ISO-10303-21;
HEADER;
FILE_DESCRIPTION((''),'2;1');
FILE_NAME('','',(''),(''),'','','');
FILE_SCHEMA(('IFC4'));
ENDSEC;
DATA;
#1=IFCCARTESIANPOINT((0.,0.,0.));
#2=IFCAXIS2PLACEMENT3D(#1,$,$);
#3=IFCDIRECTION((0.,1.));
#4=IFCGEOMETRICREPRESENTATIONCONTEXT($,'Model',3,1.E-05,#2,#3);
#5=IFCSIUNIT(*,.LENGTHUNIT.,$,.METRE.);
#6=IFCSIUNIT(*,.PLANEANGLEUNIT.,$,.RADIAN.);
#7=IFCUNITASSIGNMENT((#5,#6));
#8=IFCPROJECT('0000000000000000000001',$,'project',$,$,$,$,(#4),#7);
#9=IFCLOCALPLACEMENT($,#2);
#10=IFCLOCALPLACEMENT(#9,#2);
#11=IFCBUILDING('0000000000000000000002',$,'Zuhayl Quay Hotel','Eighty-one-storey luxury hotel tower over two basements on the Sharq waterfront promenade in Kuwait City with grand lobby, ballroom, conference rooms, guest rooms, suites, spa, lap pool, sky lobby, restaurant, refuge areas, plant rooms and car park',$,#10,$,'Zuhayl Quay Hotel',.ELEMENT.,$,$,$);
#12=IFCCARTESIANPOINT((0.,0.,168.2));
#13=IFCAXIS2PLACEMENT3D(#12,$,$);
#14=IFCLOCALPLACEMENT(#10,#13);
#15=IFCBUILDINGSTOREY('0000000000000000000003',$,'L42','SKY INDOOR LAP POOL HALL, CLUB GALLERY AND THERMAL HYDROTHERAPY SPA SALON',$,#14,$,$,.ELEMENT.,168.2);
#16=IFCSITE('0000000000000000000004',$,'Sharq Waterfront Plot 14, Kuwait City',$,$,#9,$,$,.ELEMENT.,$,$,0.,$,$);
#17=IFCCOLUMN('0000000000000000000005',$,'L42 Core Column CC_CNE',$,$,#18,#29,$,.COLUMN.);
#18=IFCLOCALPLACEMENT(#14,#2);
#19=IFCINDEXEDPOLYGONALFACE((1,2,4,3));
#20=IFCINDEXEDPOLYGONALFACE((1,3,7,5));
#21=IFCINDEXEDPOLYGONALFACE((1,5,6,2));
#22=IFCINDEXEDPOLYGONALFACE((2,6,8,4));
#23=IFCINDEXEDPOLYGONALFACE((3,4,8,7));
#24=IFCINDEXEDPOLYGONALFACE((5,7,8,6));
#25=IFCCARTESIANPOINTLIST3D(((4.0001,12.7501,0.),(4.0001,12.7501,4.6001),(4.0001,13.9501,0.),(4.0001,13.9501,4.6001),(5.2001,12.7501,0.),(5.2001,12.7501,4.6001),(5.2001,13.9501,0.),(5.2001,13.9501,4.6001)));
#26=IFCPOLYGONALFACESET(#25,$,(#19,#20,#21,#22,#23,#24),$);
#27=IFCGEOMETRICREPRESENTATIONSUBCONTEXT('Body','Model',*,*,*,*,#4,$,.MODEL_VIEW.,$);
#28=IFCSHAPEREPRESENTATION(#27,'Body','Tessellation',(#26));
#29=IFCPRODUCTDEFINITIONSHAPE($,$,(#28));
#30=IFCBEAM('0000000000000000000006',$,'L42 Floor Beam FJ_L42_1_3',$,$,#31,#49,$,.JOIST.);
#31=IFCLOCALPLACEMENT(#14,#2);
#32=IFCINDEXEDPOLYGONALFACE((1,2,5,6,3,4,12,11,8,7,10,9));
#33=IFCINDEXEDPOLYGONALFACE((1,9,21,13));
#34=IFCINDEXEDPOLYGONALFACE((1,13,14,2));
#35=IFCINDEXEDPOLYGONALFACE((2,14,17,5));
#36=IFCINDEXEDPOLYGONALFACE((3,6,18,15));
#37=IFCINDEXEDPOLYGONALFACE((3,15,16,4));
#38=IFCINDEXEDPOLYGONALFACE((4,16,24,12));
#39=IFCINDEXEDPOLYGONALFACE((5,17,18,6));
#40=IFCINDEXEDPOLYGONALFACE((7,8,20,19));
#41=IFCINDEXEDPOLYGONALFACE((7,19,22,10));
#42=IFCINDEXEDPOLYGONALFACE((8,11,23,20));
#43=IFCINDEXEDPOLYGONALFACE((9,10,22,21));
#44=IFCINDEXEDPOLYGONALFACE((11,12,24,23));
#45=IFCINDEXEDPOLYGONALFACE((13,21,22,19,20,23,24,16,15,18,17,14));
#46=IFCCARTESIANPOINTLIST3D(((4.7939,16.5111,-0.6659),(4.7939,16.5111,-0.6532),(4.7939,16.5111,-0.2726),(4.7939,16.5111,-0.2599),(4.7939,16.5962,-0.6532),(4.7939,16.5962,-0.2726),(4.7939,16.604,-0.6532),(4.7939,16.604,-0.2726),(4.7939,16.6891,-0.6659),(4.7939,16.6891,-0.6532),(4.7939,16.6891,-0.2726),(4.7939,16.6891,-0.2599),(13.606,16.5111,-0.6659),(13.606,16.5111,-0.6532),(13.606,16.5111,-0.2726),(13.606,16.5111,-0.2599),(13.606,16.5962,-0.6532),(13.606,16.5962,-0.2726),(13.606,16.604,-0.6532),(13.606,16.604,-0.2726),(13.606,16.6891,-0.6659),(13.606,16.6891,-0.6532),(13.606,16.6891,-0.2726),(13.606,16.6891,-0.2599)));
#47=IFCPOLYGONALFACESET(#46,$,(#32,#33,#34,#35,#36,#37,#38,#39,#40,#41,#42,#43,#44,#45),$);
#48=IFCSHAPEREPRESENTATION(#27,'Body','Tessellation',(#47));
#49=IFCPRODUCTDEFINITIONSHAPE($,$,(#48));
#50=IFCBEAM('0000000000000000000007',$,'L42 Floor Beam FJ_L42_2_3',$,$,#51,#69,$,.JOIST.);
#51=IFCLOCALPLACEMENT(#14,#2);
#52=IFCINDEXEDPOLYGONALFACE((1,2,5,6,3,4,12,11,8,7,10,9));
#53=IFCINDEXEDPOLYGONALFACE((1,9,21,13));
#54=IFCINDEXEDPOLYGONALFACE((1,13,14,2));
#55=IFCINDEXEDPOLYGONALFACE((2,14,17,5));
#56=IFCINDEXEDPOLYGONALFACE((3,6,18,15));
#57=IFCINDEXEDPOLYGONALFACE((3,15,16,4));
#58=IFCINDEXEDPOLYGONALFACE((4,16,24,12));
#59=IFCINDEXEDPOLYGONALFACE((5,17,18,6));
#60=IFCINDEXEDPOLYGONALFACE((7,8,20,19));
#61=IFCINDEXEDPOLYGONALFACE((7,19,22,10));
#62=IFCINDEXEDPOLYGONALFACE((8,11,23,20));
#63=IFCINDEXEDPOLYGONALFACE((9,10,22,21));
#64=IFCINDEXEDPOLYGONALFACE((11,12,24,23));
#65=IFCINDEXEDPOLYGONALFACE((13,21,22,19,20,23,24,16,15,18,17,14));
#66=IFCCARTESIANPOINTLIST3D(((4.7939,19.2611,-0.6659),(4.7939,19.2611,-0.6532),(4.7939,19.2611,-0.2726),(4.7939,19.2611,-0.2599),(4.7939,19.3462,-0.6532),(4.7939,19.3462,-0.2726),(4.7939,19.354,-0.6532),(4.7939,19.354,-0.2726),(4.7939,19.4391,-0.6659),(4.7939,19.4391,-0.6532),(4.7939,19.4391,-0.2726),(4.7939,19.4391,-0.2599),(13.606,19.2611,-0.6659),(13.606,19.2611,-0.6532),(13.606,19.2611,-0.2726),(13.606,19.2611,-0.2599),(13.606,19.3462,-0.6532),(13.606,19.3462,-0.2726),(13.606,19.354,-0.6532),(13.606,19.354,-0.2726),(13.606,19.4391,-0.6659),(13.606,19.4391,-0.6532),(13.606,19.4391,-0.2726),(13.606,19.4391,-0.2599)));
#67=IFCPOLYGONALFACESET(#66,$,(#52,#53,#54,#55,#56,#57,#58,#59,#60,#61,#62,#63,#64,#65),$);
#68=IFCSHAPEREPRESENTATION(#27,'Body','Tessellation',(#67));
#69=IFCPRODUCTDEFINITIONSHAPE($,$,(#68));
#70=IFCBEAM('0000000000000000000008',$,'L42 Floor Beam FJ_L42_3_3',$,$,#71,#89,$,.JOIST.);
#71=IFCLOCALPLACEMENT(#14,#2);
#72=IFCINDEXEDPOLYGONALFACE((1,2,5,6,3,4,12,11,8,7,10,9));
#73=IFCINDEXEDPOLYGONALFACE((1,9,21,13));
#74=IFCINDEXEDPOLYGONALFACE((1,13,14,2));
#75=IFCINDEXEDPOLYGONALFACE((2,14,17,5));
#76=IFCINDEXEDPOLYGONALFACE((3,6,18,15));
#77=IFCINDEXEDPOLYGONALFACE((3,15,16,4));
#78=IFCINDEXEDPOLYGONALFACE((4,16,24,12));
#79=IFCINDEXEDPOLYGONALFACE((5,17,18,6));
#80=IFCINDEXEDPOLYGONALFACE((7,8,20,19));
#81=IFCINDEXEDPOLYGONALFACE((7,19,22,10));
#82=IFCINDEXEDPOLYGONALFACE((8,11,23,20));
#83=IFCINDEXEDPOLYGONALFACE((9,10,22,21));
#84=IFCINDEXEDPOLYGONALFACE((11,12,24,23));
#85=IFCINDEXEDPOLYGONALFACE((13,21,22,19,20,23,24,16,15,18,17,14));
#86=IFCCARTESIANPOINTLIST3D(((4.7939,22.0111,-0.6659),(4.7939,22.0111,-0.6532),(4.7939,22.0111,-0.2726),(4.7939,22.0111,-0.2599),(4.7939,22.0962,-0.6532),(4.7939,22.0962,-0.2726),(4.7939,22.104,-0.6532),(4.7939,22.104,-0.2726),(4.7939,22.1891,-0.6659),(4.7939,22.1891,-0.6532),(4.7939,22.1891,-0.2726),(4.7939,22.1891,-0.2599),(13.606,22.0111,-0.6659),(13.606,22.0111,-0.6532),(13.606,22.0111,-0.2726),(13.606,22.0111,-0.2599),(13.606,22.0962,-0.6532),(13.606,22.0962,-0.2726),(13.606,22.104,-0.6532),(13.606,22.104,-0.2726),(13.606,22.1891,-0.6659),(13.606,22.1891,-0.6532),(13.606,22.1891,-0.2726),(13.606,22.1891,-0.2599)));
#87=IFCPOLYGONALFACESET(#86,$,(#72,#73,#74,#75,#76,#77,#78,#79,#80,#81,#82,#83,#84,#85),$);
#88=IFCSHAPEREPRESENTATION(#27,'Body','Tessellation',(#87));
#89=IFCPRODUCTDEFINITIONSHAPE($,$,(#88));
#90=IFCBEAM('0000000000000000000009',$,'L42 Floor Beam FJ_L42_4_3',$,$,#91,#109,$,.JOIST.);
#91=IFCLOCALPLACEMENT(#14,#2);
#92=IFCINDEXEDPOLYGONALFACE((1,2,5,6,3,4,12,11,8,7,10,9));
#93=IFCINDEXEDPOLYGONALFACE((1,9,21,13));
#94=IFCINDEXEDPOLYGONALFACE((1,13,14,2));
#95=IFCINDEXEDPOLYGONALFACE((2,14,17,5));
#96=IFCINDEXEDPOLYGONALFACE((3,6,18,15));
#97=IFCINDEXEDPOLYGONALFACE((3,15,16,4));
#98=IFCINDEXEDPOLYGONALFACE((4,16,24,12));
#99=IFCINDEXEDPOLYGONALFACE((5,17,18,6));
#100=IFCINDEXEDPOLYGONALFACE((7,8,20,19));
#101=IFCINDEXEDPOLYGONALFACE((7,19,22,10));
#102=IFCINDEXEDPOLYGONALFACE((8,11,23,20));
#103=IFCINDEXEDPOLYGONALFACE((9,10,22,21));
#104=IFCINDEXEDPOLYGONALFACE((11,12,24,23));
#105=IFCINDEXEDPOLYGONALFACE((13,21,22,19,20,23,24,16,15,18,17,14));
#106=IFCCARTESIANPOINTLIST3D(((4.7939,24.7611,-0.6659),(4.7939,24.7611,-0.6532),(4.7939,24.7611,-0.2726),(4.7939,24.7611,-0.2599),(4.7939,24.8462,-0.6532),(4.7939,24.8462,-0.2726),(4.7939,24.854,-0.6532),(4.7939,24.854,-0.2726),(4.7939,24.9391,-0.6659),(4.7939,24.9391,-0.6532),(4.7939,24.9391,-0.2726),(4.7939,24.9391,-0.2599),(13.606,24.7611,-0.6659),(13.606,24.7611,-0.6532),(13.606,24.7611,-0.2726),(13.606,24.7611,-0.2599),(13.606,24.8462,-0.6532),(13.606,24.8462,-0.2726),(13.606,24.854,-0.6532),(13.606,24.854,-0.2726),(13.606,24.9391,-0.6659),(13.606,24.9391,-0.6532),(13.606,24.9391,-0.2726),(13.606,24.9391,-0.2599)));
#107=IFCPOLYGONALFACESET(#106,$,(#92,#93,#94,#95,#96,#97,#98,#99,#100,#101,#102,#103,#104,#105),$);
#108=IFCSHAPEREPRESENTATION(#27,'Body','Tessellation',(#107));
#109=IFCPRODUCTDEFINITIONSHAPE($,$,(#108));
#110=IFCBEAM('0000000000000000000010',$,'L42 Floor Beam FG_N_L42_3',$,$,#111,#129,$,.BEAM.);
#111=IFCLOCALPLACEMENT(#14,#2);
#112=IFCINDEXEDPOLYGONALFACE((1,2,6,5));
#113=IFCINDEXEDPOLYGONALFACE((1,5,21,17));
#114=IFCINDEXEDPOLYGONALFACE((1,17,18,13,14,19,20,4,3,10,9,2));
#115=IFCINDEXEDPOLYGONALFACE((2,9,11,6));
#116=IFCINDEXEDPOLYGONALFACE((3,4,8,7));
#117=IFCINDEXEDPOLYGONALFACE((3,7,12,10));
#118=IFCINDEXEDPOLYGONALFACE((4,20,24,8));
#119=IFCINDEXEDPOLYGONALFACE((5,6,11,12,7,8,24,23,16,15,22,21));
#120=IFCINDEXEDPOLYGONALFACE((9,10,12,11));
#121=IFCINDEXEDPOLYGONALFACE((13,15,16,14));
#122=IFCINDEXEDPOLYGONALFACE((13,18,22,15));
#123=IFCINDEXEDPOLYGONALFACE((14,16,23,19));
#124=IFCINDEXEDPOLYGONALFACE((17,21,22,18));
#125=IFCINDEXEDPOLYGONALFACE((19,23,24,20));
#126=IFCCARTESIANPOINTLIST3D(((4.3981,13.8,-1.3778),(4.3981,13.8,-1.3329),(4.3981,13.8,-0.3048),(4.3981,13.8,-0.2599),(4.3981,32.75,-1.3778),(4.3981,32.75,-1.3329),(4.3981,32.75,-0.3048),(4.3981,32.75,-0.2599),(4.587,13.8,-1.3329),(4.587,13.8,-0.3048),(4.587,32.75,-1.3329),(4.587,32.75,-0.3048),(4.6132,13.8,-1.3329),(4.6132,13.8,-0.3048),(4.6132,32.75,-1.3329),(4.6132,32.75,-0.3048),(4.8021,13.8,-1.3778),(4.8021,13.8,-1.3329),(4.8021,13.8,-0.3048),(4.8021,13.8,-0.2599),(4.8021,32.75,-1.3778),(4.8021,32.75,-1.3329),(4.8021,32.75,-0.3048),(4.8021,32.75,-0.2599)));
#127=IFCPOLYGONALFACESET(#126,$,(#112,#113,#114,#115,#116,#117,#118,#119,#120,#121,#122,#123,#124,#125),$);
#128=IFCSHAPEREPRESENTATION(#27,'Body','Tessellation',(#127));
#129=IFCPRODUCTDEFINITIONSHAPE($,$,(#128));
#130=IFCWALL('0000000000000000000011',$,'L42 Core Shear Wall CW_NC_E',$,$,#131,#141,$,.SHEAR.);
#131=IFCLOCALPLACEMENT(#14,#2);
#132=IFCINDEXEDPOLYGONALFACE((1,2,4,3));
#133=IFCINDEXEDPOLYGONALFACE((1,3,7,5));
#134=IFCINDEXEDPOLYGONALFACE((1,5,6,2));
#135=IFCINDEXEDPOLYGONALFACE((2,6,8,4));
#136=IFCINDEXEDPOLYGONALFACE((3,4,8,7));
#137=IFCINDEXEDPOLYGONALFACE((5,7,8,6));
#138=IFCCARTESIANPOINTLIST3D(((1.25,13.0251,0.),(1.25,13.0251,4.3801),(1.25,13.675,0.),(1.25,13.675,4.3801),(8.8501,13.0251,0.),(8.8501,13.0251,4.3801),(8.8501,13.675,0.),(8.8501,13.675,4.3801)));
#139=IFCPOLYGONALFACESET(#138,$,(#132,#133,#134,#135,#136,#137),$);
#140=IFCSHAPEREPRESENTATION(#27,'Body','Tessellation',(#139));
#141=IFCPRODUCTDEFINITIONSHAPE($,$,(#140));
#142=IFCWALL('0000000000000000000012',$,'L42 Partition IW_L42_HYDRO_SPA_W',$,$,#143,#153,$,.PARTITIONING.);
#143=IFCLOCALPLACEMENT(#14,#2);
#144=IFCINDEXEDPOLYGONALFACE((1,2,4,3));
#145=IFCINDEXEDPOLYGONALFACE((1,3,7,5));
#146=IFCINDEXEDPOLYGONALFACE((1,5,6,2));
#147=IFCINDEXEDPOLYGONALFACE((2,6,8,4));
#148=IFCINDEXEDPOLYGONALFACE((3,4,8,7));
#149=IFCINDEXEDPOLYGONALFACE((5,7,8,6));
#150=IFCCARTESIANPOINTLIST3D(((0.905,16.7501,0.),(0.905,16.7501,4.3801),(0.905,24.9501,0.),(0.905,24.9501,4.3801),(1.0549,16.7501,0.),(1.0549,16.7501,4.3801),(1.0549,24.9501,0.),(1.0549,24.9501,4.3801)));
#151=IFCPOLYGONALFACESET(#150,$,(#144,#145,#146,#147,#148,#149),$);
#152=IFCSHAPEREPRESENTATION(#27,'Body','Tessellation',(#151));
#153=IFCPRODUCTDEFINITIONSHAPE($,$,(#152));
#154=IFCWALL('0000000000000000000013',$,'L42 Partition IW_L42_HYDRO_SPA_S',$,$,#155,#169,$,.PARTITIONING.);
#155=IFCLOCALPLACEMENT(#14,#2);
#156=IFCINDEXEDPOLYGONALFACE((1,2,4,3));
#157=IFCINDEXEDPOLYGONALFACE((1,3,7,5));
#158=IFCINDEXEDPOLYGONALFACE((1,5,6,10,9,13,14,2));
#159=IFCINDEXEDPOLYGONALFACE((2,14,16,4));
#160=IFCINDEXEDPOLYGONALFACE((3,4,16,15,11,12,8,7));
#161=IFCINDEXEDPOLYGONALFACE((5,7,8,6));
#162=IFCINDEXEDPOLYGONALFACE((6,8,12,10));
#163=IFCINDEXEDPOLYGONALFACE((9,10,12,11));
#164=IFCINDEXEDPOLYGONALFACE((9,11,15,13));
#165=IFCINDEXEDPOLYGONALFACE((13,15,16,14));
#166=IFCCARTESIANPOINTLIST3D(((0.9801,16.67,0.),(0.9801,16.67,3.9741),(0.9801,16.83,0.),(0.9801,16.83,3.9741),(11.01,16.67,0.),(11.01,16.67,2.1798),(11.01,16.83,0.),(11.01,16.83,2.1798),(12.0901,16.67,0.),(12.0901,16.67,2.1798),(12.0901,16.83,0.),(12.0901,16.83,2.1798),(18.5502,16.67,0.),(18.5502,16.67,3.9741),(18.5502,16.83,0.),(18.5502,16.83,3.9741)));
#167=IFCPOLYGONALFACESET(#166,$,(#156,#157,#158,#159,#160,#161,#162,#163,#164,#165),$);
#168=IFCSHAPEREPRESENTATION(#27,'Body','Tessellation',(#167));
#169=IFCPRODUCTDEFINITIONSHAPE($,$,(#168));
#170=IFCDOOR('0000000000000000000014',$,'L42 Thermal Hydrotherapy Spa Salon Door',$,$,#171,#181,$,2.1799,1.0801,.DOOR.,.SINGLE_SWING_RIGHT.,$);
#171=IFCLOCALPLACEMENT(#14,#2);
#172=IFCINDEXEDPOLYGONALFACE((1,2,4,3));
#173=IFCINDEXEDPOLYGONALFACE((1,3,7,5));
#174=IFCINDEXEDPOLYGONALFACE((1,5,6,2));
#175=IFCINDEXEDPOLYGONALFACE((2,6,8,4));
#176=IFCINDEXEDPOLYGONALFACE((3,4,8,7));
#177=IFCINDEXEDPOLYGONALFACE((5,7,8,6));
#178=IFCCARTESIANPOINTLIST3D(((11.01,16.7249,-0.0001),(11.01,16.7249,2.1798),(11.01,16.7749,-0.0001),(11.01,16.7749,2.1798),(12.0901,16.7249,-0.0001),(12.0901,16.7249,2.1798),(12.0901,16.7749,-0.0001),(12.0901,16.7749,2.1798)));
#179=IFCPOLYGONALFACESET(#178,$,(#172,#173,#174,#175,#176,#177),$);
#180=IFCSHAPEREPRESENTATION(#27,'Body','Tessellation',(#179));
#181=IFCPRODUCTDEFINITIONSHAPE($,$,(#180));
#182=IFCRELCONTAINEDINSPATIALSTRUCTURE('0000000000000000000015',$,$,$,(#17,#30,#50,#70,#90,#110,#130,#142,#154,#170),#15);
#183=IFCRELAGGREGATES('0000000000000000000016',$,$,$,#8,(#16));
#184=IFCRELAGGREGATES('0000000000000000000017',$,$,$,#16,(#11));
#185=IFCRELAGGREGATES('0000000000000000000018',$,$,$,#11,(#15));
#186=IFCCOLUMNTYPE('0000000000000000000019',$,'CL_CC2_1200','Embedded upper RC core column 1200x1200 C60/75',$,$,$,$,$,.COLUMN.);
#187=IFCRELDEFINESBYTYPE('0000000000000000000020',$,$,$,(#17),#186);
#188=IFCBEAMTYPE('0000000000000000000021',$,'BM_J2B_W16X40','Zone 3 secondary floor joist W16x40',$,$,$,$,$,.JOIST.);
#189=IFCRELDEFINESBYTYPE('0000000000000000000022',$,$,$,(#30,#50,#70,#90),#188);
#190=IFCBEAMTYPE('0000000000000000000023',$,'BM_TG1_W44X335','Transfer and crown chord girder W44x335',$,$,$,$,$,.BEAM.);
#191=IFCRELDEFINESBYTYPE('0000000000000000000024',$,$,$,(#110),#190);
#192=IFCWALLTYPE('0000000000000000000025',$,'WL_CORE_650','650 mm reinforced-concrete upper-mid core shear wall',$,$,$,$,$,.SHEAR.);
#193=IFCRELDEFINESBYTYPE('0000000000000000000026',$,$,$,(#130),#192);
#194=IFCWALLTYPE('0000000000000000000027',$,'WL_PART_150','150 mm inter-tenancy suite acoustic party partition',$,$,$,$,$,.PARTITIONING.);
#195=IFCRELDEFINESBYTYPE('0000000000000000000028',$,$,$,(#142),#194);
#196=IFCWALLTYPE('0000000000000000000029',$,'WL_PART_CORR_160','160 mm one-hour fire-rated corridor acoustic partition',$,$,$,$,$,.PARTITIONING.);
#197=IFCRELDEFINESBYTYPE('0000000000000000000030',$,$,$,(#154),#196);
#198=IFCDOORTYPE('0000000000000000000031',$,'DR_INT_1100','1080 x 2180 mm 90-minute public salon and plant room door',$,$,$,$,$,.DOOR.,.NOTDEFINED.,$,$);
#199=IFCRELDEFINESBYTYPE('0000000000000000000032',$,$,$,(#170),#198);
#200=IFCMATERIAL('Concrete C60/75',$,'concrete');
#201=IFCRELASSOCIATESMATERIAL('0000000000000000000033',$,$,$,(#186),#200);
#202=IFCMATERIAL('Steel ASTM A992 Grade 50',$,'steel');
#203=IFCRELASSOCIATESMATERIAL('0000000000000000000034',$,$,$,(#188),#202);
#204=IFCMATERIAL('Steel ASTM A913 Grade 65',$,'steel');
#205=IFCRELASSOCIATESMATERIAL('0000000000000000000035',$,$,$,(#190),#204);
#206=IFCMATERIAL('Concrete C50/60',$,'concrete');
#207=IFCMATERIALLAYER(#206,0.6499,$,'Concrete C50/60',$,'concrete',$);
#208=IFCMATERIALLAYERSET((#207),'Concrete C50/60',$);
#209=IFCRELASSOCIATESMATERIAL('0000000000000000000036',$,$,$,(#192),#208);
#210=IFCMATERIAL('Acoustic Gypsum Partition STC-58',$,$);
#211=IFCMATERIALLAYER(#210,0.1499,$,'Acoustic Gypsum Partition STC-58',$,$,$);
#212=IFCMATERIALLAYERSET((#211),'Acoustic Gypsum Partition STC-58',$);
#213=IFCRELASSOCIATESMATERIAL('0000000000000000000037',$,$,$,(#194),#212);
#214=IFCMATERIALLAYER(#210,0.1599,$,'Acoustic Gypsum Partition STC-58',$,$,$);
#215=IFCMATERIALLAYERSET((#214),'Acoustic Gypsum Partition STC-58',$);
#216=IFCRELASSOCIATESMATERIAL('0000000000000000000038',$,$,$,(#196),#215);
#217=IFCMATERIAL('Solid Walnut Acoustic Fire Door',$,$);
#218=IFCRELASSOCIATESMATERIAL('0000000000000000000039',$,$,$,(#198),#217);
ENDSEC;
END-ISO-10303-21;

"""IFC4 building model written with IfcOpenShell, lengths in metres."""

from ifc_helpers import new_model, si_unit, direction, frame, frame_2d, origin, origin_2d, place, context, subcontext, project, spatial, rectangle, i_section, extrude, material, layer, layer_set, material_profile, profile_set, type_object, element, fill, save


model = new_model("IFC4")

# Units and contexts
model_context = context("Model", 3, precision=1e-05, world=origin(), true_north=direction((0.0, 1.0)))
body_context = subcontext(model_context, "Body", "Model", "MODEL_VIEW")
ifc_project = project(units=[si_unit("LENGTHUNIT", "METRE"), si_unit("PLANEANGLEUNIT", "RADIAN")], contexts=[model_context])

# Site, building, storey
site_placement = place(None, origin())
site = spatial("IfcSite", under=ifc_project, at=site_placement, Name="Sharq Waterfront Plot 14, Kuwait City", CompositionType="ELEMENT", RefElevation=0.0)
building_placement = place(site_placement, origin())
building = spatial("IfcBuilding", under=site, at=building_placement, Name="Zuhayl Quay Hotel", Description="Eighty-one-storey luxury hotel tower over two basements on the Sharq waterfront promenade in Kuwait City with grand lobby, ballroom, conference rooms, guest rooms, suites, spa, lap pool, sky lobby, restaurant, refuge areas, plant rooms and car park", LongName="Zuhayl Quay Hotel", CompositionType="ELEMENT")
storey_placement = place(building_placement, frame((0.0, 0.0, 168.2)))
storey = spatial("IfcBuildingStorey", under=building, at=storey_placement, Name="L42", Description="SKY INDOOR LAP POOL HALL, CLUB GALLERY AND THERMAL HYDROTHERAPY SPA SALON", CompositionType="ELEMENT", Elevation=168.2)

# Column
ifc_material_1 = material(Name="Concrete C60/75", Category="concrete")
ifc_material_profile_1 = material_profile(ifc_material_1, rectangle(XDim=1.2, YDim=1.2, at=origin_2d()), Name="RC1200X1200")
ifc_profile_set_1 = profile_set([ifc_material_profile_1], Name="Concrete C60/75")
column_type = type_object("IfcColumnType", Name="CL_CC2_1200", Description="Embedded upper RC core column 1200x1200 C60/75", PredefinedType="COLUMN", material=ifc_profile_set_1)
column_placement = place(storey_placement, frame((4.6001, 13.3501, 0.0), z_axis=(0.0, 0.0, 1.0), x_axis=(1.0, 0.0, 0.0)))
element("IfcColumn", 1, at=column_placement, inside=storey, type_object=column_type, Name="L42 Core Column CC_CNE", PredefinedType="COLUMN", context=body_context, shape_type="SweptSolid", body=[
    extrude(rectangle(XDim=1.2, YDim=1.2, at=origin_2d()), origin(), (0.0, 0.0, 1.0), 4.6001),
])

# Beams
ifc_material_2 = material(Name="Steel ASTM A992 Grade 50", Category="steel")
ifc_material_profile_2 = material_profile(ifc_material_2, i_section(OverallWidth=0.178, OverallDepth=0.406, WebThickness=0.0078, FlangeThickness=0.0127, at=origin_2d()), Name="W16X40")
ifc_profile_set_2 = profile_set([ifc_material_profile_2], Name="Steel ASTM A992 Grade 50")
beam_type_1 = type_object("IfcBeamType", Name="BM_J2B_W16X40", Description="Zone 3 secondary floor joist W16x40", PredefinedType="JOIST", material=ifc_profile_set_2)
for number, where, z_axis, x_axis, name in (
    (2, (4.7939, 16.6001, -0.4629), (1.0, 0.0, 0.0), (0.0, 1.0, 0.0), "L42 Floor Beam FJ_L42_1_3"),
    (3, (4.7939, 19.3501, -0.4629), (1.0, 0.0, 0.0), (0.0, 1.0, 0.0), "L42 Floor Beam FJ_L42_2_3"),
    (4, (4.7939, 22.1001, -0.4629), (1.0, 0.0, 0.0), (0.0, 1.0, 0.0), "L42 Floor Beam FJ_L42_3_3"),
    (5, (4.7939, 24.8501, -0.4629), (1.0, 0.0, 0.0), (0.0, 1.0, 0.0), "L42 Floor Beam FJ_L42_4_3"),
):
    element("IfcBeam", number, at=place(storey_placement, frame(where, z_axis=z_axis, x_axis=x_axis)), inside=storey, type_object=beam_type_1, Name=name, PredefinedType="JOIST", context=body_context, shape_type="SweptSolid", body=[
        extrude(i_section(OverallWidth=0.178, OverallDepth=0.406, WebThickness=0.0078, FlangeThickness=0.0127, at=origin_2d()), origin(), (0.0, 0.0, 1.0), 8.812),
    ])
ifc_material_3 = material(Name="Steel ASTM A913 Grade 65", Category="steel")
ifc_material_profile_3 = material_profile(ifc_material_3, i_section(OverallWidth=0.4041, OverallDepth=1.1179, WebThickness=0.0261, FlangeThickness=0.0449, at=origin_2d()), Name="W44X335")
ifc_profile_set_3 = profile_set([ifc_material_profile_3], Name="Steel ASTM A913 Grade 65")
beam_type_2 = type_object("IfcBeamType", Name="BM_TG1_W44X335", Description="Transfer and crown chord girder W44x335", PredefinedType="BEAM", material=ifc_profile_set_3)
beam_placement = place(storey_placement, frame((4.6001, 13.8, -0.8188), z_axis=(0.0, 1.0, 0.0), x_axis=(-1.0, 0.0, 0.0)))
element("IfcBeam", 6, at=beam_placement, inside=storey, type_object=beam_type_2, Name="L42 Floor Beam FG_N_L42_3", PredefinedType="BEAM", context=body_context, shape_type="SweptSolid", body=[
    extrude(i_section(OverallWidth=0.4041, OverallDepth=1.1179, WebThickness=0.0261, FlangeThickness=0.0449, at=origin_2d()), origin(), (0.0, 0.0, 1.0), 18.95),
])

# Walls
ifc_material_4 = material(Name="Concrete C50/60", Category="concrete")
ifc_layer_1 = layer(ifc_material_4, 0.6499, Name="Concrete C50/60", Category="concrete")
ifc_layer_set_1 = layer_set([ifc_layer_1], Name="Concrete C50/60")
wall_type_1 = type_object("IfcWallType", Name="WL_CORE_650", Description="650 mm reinforced-concrete upper-mid core shear wall", PredefinedType="SHEAR", material=ifc_layer_set_1)
wall_1_placement = place(storey_placement, frame((1.25, 13.3501, 0.0), z_axis=(0.0, 0.0, 1.0), x_axis=(1.0, 0.0, 0.0)))
element("IfcWall", 7, at=wall_1_placement, inside=storey, type_object=wall_type_1, Name="L42 Core Shear Wall CW_NC_E", PredefinedType="SHEAR", context=body_context, shape_type="SweptSolid", body=[
    extrude(rectangle(XDim=7.6001, YDim=0.6499, at=frame_2d((3.8, 0.0))), origin(), (0.0, 0.0, 1.0), 4.3801),
])
ifc_material_5 = material(Name="Acoustic Gypsum Partition STC-58")
ifc_layer_2 = layer(ifc_material_5, 0.1499, Name="Acoustic Gypsum Partition STC-58")
ifc_layer_set_2 = layer_set([ifc_layer_2], Name="Acoustic Gypsum Partition STC-58")
wall_type_2 = type_object("IfcWallType", Name="WL_PART_150", Description="150 mm inter-tenancy suite acoustic party partition", PredefinedType="PARTITIONING", material=ifc_layer_set_2)
wall_2_placement = place(storey_placement, frame((0.98, 16.75, 0.0), z_axis=(0.0, 0.0, 1.0), x_axis=(0.0, 1.0, 0.0)))
element("IfcWall", 8, at=wall_2_placement, inside=storey, type_object=wall_type_2, Name="L42 Partition IW_L42_HYDRO_SPA_W", PredefinedType="PARTITIONING", context=body_context, shape_type="SweptSolid", body=[
    extrude(rectangle(XDim=8.2, YDim=0.1499, at=frame_2d((4.1001, 0.0))), origin(), (0.0, 0.0, 1.0), 4.3801),
])

# Wall, opening, door
ifc_layer_3 = layer(ifc_material_5, 0.1599, Name="Acoustic Gypsum Partition STC-58")
ifc_layer_set_3 = layer_set([ifc_layer_3], Name="Acoustic Gypsum Partition STC-58")
wall_type_3 = type_object("IfcWallType", Name="WL_PART_CORR_160", Description="160 mm one-hour fire-rated corridor acoustic partition", PredefinedType="PARTITIONING", material=ifc_layer_set_3)
wall_3_placement = place(storey_placement, frame((0.98, 16.75, 0.0), z_axis=(0.0, 0.0, 1.0), x_axis=(1.0, 0.0, 0.0)))
wall_3 = element("IfcWall", 9, at=wall_3_placement, inside=storey, type_object=wall_type_3, Name="L42 Partition IW_L42_HYDRO_SPA_S", PredefinedType="PARTITIONING", context=body_context, shape_type="SweptSolid", body=[
    extrude(rectangle(XDim=17.5701, YDim=0.1599, at=frame_2d((8.7852, 0.0))), origin(), (0.0, 0.0, 1.0), 3.9741),
])
opening_1_placement = place(wall_3_placement, frame((10.03, 0.0, 0.0)))
opening_1 = element("IfcOpeningElement", 10, at=opening_1_placement, cuts=wall_3, PredefinedType="OPENING", context=body_context, shape_type="SweptSolid", body=[
    extrude(rectangle(XDim=1.0801, YDim=2.1799, at=frame_2d((0.54, 1.0898))), frame((0.0, 0.0898, 0.0), z_axis=(0.0, -1.0, 0.0), x_axis=(1.0, 0.0, 0.0)), (0.0, 0.0, 1.0), 0.1799),
])
ifc_material_6 = material(Name="Solid Walnut Acoustic Fire Door")
door_type_1 = type_object("IfcDoorType", Name="DR_INT_1100", Description="1080 x 2180 mm 90-minute public salon and plant room door", OperationType="NOTDEFINED", PredefinedType="DOOR", material=ifc_material_6)
door_1_placement = place(opening_1_placement, origin())
door_1 = element("IfcDoor", 11, at=door_1_placement, inside=storey, type_object=door_type_1, Name="L42 Thermal Hydrotherapy Spa Salon Door", OperationType="SINGLE_SWING_RIGHT", OverallHeight=2.1799, OverallWidth=1.0801, PredefinedType="DOOR", context=body_context, shape_type="SweptSolid", body=[
    extrude(rectangle(XDim=1.0801, YDim=2.1799, at=frame_2d((0.54, 1.0898))), frame((0.0, 0.0249, 0.0), z_axis=(0.0, -1.0, 0.0), x_axis=(1.0, 0.0, 0.0)), (0.0, 0.0, 1.0), 0.05),
])
fill(opening_1, door_1)

save(model, "model.ifc")
